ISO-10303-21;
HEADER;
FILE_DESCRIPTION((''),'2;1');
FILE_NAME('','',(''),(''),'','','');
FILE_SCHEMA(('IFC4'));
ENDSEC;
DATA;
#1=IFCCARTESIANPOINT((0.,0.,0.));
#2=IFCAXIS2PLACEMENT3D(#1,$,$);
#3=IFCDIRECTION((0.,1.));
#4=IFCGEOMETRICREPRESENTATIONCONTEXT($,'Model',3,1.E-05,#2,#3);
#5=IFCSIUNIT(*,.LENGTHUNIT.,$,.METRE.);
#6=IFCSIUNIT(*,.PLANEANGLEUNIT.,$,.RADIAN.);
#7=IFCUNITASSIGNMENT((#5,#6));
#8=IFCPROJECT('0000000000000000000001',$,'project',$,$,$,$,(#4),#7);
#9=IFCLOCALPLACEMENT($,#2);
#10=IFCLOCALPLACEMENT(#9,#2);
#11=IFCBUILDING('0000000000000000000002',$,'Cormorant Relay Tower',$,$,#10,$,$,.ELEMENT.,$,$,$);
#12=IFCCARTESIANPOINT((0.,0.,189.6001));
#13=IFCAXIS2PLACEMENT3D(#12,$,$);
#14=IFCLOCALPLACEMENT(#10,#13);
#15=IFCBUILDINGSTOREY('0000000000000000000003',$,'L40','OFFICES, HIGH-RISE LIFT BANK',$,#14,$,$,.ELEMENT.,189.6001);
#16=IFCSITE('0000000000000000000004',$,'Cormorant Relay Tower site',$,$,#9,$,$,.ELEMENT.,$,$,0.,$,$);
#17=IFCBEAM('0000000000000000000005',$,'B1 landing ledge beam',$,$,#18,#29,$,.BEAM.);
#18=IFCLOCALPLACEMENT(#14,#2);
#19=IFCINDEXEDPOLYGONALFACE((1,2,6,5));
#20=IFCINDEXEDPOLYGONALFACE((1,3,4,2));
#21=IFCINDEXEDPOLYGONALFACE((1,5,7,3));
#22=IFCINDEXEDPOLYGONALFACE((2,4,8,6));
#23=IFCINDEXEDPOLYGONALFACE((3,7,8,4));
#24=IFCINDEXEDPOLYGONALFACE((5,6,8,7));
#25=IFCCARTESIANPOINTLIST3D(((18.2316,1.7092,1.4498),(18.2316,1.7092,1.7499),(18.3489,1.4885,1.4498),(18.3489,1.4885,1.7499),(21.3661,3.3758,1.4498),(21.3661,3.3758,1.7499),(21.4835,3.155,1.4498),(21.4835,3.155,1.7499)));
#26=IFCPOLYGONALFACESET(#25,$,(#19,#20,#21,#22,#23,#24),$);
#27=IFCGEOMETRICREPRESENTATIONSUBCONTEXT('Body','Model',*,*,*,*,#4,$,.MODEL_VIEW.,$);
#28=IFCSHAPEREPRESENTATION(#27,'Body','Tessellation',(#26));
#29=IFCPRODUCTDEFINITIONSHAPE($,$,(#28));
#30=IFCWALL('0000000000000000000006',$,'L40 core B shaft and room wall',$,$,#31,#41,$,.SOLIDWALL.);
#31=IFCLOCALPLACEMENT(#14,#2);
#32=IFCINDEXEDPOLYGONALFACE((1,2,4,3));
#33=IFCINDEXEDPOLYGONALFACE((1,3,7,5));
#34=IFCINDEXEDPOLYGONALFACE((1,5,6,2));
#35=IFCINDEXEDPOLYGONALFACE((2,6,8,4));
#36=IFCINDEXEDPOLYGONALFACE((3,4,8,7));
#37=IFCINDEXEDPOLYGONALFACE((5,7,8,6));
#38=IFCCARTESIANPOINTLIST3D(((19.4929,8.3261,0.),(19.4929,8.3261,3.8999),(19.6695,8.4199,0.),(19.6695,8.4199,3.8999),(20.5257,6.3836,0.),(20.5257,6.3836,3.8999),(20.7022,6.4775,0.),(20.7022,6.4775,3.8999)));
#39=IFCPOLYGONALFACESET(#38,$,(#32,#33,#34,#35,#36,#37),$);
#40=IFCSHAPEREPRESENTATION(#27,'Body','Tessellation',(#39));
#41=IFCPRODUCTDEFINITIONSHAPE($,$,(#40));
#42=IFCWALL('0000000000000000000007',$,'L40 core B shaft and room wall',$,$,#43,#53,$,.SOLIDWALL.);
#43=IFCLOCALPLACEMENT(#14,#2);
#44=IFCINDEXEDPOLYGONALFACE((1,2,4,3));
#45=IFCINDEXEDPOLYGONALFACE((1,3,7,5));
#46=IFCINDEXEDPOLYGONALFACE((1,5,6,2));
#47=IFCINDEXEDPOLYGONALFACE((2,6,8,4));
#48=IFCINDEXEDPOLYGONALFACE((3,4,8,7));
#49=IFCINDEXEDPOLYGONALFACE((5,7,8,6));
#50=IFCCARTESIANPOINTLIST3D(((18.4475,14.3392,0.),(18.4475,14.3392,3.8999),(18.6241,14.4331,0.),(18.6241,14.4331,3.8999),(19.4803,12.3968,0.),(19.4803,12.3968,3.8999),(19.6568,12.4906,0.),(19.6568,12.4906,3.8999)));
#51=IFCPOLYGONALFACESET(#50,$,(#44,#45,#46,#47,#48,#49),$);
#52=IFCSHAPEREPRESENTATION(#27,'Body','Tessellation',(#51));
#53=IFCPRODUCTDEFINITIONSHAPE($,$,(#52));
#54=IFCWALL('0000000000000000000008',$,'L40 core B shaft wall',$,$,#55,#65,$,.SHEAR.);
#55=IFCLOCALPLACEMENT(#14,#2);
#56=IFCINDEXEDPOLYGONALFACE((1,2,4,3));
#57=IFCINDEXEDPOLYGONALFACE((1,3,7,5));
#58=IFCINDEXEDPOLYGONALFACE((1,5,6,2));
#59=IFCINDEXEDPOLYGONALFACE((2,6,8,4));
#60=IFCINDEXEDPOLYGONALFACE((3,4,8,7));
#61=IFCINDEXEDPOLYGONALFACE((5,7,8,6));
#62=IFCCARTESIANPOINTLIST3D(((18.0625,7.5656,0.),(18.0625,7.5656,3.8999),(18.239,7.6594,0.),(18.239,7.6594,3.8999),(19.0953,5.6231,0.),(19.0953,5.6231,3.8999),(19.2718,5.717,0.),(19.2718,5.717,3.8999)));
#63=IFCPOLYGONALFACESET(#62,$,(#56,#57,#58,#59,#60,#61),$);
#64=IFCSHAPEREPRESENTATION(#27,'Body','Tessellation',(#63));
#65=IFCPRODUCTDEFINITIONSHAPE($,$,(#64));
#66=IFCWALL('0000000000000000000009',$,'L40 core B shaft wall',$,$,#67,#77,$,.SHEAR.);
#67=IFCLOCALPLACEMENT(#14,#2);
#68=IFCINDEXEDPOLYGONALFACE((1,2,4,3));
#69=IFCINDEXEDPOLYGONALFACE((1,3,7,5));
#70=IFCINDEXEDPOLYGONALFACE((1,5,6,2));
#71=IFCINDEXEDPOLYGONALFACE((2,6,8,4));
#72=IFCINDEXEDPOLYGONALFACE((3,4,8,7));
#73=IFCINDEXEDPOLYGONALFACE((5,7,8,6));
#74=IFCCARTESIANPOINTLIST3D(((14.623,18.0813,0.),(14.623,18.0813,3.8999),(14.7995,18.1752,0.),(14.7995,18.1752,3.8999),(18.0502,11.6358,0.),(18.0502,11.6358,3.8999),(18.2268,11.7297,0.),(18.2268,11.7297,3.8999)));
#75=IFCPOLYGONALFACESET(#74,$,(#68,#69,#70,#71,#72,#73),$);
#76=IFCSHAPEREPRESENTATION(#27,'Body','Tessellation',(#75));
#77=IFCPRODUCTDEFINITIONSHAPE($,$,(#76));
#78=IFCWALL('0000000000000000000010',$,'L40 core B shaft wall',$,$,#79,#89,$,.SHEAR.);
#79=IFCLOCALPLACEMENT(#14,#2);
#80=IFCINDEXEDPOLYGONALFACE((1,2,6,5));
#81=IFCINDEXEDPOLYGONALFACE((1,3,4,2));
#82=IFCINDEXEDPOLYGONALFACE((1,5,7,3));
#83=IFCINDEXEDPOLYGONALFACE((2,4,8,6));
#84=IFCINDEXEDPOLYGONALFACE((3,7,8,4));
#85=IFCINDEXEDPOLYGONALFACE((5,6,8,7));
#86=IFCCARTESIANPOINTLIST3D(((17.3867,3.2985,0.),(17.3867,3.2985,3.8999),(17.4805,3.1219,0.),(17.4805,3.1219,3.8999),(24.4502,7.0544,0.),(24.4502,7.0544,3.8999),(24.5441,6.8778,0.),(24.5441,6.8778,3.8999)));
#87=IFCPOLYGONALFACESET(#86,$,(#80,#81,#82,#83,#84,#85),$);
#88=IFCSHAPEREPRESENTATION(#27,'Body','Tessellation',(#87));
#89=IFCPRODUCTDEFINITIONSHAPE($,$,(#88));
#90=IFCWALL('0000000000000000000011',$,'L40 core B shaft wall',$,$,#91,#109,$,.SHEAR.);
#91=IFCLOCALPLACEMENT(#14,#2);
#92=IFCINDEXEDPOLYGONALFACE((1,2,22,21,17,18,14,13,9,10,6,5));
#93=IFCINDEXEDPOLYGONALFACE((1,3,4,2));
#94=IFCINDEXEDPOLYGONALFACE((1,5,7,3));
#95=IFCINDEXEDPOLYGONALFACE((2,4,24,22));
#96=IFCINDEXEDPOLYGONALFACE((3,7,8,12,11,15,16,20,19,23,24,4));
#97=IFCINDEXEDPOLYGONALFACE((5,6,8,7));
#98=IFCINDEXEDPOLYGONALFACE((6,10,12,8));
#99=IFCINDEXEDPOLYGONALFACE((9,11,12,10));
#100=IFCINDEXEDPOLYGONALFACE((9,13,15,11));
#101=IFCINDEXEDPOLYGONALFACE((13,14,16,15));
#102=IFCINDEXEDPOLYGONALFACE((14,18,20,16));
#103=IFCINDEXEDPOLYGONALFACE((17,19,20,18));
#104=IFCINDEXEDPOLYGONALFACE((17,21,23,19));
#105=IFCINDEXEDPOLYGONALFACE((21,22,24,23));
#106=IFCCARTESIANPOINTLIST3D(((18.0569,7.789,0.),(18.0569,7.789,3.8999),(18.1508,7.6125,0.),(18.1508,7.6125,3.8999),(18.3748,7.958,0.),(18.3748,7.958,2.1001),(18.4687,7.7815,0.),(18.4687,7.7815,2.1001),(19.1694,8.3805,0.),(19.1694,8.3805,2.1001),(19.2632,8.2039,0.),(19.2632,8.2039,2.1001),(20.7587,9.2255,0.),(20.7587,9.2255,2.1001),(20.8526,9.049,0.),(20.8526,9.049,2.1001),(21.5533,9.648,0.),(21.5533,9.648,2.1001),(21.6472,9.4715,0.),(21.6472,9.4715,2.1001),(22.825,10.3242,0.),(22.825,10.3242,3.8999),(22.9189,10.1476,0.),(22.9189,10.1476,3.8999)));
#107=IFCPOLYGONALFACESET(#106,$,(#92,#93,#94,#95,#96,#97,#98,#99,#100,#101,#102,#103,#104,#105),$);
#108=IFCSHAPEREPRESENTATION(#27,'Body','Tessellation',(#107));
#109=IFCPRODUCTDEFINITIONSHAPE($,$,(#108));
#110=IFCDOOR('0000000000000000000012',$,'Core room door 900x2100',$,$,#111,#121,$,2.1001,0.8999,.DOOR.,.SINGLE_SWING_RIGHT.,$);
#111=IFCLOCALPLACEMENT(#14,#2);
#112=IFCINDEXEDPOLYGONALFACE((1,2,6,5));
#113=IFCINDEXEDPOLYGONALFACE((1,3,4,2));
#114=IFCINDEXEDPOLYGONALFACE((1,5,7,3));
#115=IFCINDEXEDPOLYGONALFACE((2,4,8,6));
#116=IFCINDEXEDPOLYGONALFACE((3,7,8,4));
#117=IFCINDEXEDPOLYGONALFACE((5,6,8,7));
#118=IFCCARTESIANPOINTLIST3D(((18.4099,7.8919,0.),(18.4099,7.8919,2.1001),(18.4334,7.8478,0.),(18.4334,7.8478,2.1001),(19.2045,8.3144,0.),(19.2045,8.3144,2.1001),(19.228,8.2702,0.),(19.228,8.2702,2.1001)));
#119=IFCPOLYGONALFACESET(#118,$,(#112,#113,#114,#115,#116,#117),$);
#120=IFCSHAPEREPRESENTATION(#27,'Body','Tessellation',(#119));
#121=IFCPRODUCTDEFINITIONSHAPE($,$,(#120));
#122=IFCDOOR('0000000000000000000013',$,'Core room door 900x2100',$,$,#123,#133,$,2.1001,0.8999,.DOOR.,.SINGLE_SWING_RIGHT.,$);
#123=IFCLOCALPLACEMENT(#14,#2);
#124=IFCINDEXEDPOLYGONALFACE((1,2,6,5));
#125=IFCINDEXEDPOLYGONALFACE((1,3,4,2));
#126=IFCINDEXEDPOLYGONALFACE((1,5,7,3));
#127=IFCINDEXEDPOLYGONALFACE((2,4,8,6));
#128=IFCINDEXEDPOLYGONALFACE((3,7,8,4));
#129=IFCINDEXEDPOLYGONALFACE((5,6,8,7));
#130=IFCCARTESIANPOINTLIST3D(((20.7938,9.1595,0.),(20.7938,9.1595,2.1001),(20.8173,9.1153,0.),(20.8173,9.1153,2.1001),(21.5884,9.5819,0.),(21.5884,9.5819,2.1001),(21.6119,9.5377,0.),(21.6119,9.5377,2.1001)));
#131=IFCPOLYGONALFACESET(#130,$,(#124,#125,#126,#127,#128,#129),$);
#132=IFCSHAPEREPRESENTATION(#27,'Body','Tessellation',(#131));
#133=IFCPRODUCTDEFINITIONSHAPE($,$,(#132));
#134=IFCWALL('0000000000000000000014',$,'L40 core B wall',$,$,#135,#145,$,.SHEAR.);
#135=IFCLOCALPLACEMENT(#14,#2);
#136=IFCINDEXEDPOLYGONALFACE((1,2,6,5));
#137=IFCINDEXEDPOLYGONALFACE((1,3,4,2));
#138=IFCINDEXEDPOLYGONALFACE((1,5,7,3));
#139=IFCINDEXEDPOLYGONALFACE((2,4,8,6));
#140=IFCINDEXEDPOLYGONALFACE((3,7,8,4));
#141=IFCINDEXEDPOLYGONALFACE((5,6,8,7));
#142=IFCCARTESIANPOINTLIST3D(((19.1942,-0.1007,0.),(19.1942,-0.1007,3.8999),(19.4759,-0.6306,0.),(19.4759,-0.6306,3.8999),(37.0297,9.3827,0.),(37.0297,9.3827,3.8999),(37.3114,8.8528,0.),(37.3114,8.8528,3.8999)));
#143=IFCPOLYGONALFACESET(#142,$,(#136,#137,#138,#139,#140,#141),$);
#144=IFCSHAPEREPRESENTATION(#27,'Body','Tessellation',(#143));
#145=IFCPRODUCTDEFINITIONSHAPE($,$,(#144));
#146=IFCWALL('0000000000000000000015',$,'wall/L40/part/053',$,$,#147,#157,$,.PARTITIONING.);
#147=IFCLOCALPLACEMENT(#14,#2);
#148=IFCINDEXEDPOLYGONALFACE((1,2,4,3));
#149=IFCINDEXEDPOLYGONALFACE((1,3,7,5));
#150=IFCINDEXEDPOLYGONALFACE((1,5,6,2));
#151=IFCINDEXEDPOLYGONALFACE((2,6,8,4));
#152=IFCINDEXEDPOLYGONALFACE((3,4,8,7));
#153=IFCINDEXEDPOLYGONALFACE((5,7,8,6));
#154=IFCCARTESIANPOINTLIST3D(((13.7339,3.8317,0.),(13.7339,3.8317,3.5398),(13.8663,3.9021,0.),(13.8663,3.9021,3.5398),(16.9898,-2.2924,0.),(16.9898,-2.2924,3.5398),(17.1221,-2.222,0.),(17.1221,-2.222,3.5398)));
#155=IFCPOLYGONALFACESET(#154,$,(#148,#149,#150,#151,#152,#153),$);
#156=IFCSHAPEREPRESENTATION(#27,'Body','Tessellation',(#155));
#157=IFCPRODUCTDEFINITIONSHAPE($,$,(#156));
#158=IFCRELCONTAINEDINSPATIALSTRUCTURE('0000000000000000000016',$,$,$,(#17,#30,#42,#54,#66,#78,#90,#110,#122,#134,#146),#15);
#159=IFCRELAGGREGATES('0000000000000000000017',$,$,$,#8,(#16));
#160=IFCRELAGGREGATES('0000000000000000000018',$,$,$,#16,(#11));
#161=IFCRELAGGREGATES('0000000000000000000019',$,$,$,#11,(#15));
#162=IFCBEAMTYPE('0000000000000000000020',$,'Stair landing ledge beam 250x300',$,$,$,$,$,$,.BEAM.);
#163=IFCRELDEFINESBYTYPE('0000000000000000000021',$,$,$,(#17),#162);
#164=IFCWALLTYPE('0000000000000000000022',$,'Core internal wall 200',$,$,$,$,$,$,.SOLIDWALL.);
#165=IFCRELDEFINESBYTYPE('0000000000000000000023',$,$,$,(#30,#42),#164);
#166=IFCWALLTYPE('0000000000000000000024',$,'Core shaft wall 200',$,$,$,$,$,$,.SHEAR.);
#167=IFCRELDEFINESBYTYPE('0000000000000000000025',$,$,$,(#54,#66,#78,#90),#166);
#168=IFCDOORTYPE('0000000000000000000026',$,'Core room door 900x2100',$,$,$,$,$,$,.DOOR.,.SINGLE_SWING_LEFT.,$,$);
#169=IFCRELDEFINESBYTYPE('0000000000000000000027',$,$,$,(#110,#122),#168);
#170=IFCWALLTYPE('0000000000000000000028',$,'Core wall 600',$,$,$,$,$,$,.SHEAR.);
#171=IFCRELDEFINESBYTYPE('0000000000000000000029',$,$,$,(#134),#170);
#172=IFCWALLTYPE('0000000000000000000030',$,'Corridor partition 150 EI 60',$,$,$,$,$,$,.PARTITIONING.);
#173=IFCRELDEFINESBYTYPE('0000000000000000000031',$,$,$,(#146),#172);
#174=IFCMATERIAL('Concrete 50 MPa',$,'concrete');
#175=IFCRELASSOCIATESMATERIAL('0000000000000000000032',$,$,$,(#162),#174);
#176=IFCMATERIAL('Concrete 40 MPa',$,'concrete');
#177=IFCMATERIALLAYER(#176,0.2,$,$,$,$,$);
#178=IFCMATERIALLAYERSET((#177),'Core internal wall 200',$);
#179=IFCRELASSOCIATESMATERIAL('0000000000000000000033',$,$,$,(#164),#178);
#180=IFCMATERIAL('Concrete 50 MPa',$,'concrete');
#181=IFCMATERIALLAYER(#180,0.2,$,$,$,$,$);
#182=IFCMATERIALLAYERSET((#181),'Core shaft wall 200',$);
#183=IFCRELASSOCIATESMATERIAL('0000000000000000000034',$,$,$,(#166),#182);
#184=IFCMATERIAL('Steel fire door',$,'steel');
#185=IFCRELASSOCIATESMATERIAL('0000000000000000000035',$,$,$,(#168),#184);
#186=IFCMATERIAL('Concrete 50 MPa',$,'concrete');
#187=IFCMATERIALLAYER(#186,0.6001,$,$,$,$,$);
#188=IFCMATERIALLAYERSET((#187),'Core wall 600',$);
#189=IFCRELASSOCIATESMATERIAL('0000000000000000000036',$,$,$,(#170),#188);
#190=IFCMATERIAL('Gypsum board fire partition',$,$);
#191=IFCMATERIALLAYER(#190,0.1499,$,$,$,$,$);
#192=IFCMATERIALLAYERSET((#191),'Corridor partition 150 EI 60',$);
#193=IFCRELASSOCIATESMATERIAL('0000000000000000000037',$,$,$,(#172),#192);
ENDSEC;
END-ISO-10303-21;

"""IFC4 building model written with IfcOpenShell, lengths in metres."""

from ifc_helpers import new_model, si_unit, direction, frame, frame_2d, origin, origin_2d, place, context, subcontext, project, spatial, rectangle, extrude, material, layer, layer_set, material_profile, profile_set, type_object, element, fill, save


model = new_model("IFC4")

# Units and contexts
model_context = context("Model", 3, precision=1e-05, world=origin(), true_north=direction((0.0, 1.0)))
body_context = subcontext(model_context, "Body", "Model", "MODEL_VIEW")
ifc_project = project(units=[si_unit("LENGTHUNIT", "METRE"), si_unit("PLANEANGLEUNIT", "RADIAN")], contexts=[model_context])

# Site, building, storey
site_placement = place(None, origin())
site = spatial("IfcSite", under=ifc_project, at=site_placement, Name="Cormorant Relay Tower site", CompositionType="ELEMENT", RefElevation=0.0)
building_placement = place(site_placement, origin())
building = spatial("IfcBuilding", under=site, at=building_placement, Name="Cormorant Relay Tower", CompositionType="ELEMENT")
storey_placement = place(building_placement, frame((0.0, 0.0, 189.6001)))
storey = spatial("IfcBuildingStorey", under=building, at=storey_placement, Name="L40", Description="OFFICES, HIGH-RISE LIFT BANK", CompositionType="ELEMENT", Elevation=189.6001)

# Beam
ifc_material_1 = material(Name="Concrete 50 MPa", Category="concrete")
ifc_material_profile = material_profile(ifc_material_1, rectangle(XDim=0.25, YDim=0.3, at=origin_2d()), Name="RC 250x300")
ifc_profile_set = profile_set([ifc_material_profile], Name="Concrete 50 MPa")
beam_type = type_object("IfcBeamType", Name="Stair landing ledge beam 250x300", PredefinedType="BEAM", material=ifc_profile_set)
beam_placement = place(storey_placement, frame((21.4248, 3.2654, 1.5999), z_axis=(-0.882965, -0.469438, 0.0), x_axis=(0.469438, -0.882965, 0.0)))
element("IfcBeam", 1, at=beam_placement, inside=storey, type_object=beam_type, Name="B1 landing ledge beam", PredefinedType="BEAM", context=body_context, shape_type="SweptSolid", body=[
    extrude(rectangle(XDim=0.25, YDim=0.3, at=origin_2d()), origin(), (0.0, 0.0, 1.0), 3.55),
])

# Walls
ifc_material_2 = material(Name="Concrete 40 MPa", Category="concrete")
ifc_layer_1 = layer(ifc_material_2, 0.2)
ifc_layer_set_1 = layer_set([ifc_layer_1], Name="Core internal wall 200")
wall_type_1 = type_object("IfcWallType", Name="Core internal wall 200", PredefinedType="SOLIDWALL", material=ifc_layer_set_1)
for number, where, z_axis, x_axis, name in (
    (2, (20.614, 6.4304, 0.0), (0.0, 0.0, 1.0), (-0.469447, 0.88296, 0.0), "L40 core B shaft and room wall"),
    (3, (19.5686, 12.4436, 0.0), (0.0, 0.0, 1.0), (-0.469447, 0.88296, 0.0), "L40 core B shaft and room wall"),
):
    element("IfcWall", number, at=place(storey_placement, frame(where, z_axis=z_axis, x_axis=x_axis)), inside=storey, type_object=wall_type_1, Name=name, PredefinedType="SOLIDWALL", context=body_context, shape_type="SweptSolid", body=[
        extrude(rectangle(XDim=2.2, YDim=0.2, at=frame_2d((1.1001, 0.0))), origin(), (0.0, 0.0, 1.0), 3.8999),
    ])
ifc_material_3 = material(Name="Concrete 50 MPa", Category="concrete")
ifc_layer_2 = layer(ifc_material_3, 0.2)
ifc_layer_set_2 = layer_set([ifc_layer_2], Name="Core shaft wall 200")
wall_type_2 = type_object("IfcWallType", Name="Core shaft wall 200", PredefinedType="SHEAR", material=ifc_layer_set_2)
wall_1_placement = place(storey_placement, frame((19.1836, 5.6699, 0.0), z_axis=(0.0, 0.0, 1.0), x_axis=(-0.469447, 0.88296, 0.0)))
element("IfcWall", 4, at=wall_1_placement, inside=storey, type_object=wall_type_2, Name="L40 core B shaft wall", PredefinedType="SHEAR", context=body_context, shape_type="SweptSolid", body=[
    extrude(rectangle(XDim=2.2, YDim=0.2, at=frame_2d((1.1001, 0.0))), origin(), (0.0, 0.0, 1.0), 3.8999),
])
wall_2_placement = place(storey_placement, frame((18.1384, 11.6829, 0.0), z_axis=(0.0, 0.0, 1.0), x_axis=(-0.46948, 0.882943, 0.0)))
element("IfcWall", 5, at=wall_2_placement, inside=storey, type_object=wall_type_2, Name="L40 core B shaft wall", PredefinedType="SHEAR", context=body_context, shape_type="SweptSolid", body=[
    extrude(rectangle(XDim=7.3, YDim=0.2, at=frame_2d((3.6499, 0.0))), origin(), (0.0, 0.0, 1.0), 3.8999),
])
wall_3_placement = place(storey_placement, frame((17.4336, 3.2102, 0.0), z_axis=(0.0, 0.0, 1.0), x_axis=(0.88294, 0.469485, 0.0)))
element("IfcWall", 6, at=wall_3_placement, inside=storey, type_object=wall_type_2, Name="L40 core B shaft wall", PredefinedType="SHEAR", context=body_context, shape_type="SweptSolid", body=[
    extrude(rectangle(XDim=8.0, YDim=0.2, at=frame_2d((4.0, 0.0))), origin(), (0.0, 0.0, 1.0), 3.8999),
])

# Wall, openings, doors
wall_4_placement = place(storey_placement, frame((18.1038, 7.7007, 0.0), z_axis=(0.0, 0.0, 1.0), x_axis=(0.882953, 0.469462, 0.0)))
wall_4 = element("IfcWall", 7, at=wall_4_placement, inside=storey, type_object=wall_type_2, Name="L40 core B shaft wall", PredefinedType="SHEAR", context=body_context, shape_type="SweptSolid", body=[
    extrude(rectangle(XDim=5.4001, YDim=0.2, at=frame_2d((2.7002, 0.0))), origin(), (0.0, 0.0, 1.0), 3.8999),
])
opening_1_placement = place(wall_4_placement, frame((0.3601, 0.0, 0.0)))
opening_1 = element("IfcOpeningElement", 8, at=opening_1_placement, cuts=wall_4, PredefinedType="OPENING", context=body_context, shape_type="SweptSolid", body=[
    extrude(rectangle(XDim=0.8999, YDim=2.1001, at=frame_2d((0.45, 1.05))), frame((0.0, 0.1099, 0.0), z_axis=(0.0, -1.0, 0.0), x_axis=(1.0, 0.0, 0.0)), (0.0, 0.0, 1.0), 0.22),
])
opening_2_placement = place(wall_4_placement, frame((3.0601, 0.0, 0.0)))
opening_2 = element("IfcOpeningElement", 9, at=opening_2_placement, cuts=wall_4, PredefinedType="OPENING", context=body_context, shape_type="SweptSolid", body=[
    extrude(rectangle(XDim=0.8999, YDim=2.1001, at=frame_2d((0.45, 1.05))), frame((0.0, 0.1099, 0.0), z_axis=(0.0, -1.0, 0.0), x_axis=(1.0, 0.0, 0.0)), (0.0, 0.0, 1.0), 0.22),
])
ifc_material_4 = material(Name="Steel fire door", Category="steel")
door_type_1 = type_object("IfcDoorType", Name="Core room door 900x2100", OperationType="SINGLE_SWING_LEFT", PredefinedType="DOOR", material=ifc_material_4)
door_1_placement = place(opening_1_placement, frame((0.8999, 0.0, 0.0), z_axis=(0.0, 0.0, 1.0), x_axis=(-1.0, 0.0, 0.0)))
door_1 = element("IfcDoor", 10, at=door_1_placement, inside=storey, type_object=door_type_1, Name="Core room door 900x2100", OperationType="SINGLE_SWING_RIGHT", OverallHeight=2.1001, OverallWidth=0.8999, PredefinedType="DOOR", context=body_context, shape_type="SweptSolid", body=[
    extrude(rectangle(XDim=0.8999, YDim=2.1001, at=frame_2d((0.45, 1.05))), frame((0.0, 0.0249, 0.0), z_axis=(0.0, -1.0, 0.0), x_axis=(1.0, 0.0, 0.0)), (0.0, 0.0, 1.0), 0.05),
])
fill(opening_1, door_1)
door_2_placement = place(opening_2_placement, frame((0.8999, 0.0, 0.0), z_axis=(0.0, 0.0, 1.0), x_axis=(-1.0, 0.0, 0.0)))
door_2 = element("IfcDoor", 11, at=door_2_placement, inside=storey, type_object=door_type_1, Name="Core room door 900x2100", OperationType="SINGLE_SWING_RIGHT", OverallHeight=2.1001, OverallWidth=0.8999, PredefinedType="DOOR", context=body_context, shape_type="SweptSolid", body=[
    extrude(rectangle(XDim=0.8999, YDim=2.1001, at=frame_2d((0.45, 1.05))), frame((0.0, 0.0249, 0.0), z_axis=(0.0, -1.0, 0.0), x_axis=(1.0, 0.0, 0.0)), (0.0, 0.0, 1.0), 0.05),
])
fill(opening_2, door_2)

# Shared definitions
ifc_material_5 = material(Name="Concrete 50 MPa", Category="concrete")
ifc_layer_3 = layer(ifc_material_5, 0.6001)
ifc_layer_set_3 = layer_set([ifc_layer_3], Name="Core wall 600")
wall_type_3 = type_object("IfcWallType", Name="Core wall 600", PredefinedType="SHEAR", material=ifc_layer_set_3)

# Walls
wall_5_placement = place(storey_placement, frame((19.335, -0.3657, 0.0), z_axis=(0.0, 0.0, 1.0), x_axis=(0.882945, 0.469476, 0.0)))
element("IfcWall", 12, at=wall_5_placement, inside=storey, type_object=wall_type_3, Name="L40 core B wall", PredefinedType="SHEAR", context=body_context, shape_type="SweptSolid", body=[
    extrude(rectangle(XDim=20.2, YDim=0.6001, at=frame_2d((10.1001, 0.0))), origin(), (0.0, 0.0, 1.0), 3.8999),
])
ifc_material_6 = material(Name="Gypsum board fire partition")
ifc_layer_4 = layer(ifc_material_6, 0.1499)
ifc_layer_set_4 = layer_set([ifc_layer_4], Name="Corridor partition 150 EI 60")
wall_type_4 = type_object("IfcWallType", Name="Corridor partition 150 EI 60", PredefinedType="PARTITIONING", material=ifc_layer_set_4)
wall_6_placement = place(storey_placement, frame((17.0559, -2.2571, 0.0), z_axis=(0.0, 0.0, 1.0), x_axis=(-0.469433, 0.882968, 0.0)))
element("IfcWall", 13, at=wall_6_placement, inside=storey, type_object=wall_type_4, Name="wall/L40/part/053", PredefinedType="PARTITIONING", context=body_context, shape_type="SweptSolid", body=[
    extrude(rectangle(XDim=6.9358, YDim=0.1499, at=frame_2d((3.4678, 0.0))), origin(), (0.0, 0.0, 1.0), 3.5398),
])

save(model, "model.ifc")
